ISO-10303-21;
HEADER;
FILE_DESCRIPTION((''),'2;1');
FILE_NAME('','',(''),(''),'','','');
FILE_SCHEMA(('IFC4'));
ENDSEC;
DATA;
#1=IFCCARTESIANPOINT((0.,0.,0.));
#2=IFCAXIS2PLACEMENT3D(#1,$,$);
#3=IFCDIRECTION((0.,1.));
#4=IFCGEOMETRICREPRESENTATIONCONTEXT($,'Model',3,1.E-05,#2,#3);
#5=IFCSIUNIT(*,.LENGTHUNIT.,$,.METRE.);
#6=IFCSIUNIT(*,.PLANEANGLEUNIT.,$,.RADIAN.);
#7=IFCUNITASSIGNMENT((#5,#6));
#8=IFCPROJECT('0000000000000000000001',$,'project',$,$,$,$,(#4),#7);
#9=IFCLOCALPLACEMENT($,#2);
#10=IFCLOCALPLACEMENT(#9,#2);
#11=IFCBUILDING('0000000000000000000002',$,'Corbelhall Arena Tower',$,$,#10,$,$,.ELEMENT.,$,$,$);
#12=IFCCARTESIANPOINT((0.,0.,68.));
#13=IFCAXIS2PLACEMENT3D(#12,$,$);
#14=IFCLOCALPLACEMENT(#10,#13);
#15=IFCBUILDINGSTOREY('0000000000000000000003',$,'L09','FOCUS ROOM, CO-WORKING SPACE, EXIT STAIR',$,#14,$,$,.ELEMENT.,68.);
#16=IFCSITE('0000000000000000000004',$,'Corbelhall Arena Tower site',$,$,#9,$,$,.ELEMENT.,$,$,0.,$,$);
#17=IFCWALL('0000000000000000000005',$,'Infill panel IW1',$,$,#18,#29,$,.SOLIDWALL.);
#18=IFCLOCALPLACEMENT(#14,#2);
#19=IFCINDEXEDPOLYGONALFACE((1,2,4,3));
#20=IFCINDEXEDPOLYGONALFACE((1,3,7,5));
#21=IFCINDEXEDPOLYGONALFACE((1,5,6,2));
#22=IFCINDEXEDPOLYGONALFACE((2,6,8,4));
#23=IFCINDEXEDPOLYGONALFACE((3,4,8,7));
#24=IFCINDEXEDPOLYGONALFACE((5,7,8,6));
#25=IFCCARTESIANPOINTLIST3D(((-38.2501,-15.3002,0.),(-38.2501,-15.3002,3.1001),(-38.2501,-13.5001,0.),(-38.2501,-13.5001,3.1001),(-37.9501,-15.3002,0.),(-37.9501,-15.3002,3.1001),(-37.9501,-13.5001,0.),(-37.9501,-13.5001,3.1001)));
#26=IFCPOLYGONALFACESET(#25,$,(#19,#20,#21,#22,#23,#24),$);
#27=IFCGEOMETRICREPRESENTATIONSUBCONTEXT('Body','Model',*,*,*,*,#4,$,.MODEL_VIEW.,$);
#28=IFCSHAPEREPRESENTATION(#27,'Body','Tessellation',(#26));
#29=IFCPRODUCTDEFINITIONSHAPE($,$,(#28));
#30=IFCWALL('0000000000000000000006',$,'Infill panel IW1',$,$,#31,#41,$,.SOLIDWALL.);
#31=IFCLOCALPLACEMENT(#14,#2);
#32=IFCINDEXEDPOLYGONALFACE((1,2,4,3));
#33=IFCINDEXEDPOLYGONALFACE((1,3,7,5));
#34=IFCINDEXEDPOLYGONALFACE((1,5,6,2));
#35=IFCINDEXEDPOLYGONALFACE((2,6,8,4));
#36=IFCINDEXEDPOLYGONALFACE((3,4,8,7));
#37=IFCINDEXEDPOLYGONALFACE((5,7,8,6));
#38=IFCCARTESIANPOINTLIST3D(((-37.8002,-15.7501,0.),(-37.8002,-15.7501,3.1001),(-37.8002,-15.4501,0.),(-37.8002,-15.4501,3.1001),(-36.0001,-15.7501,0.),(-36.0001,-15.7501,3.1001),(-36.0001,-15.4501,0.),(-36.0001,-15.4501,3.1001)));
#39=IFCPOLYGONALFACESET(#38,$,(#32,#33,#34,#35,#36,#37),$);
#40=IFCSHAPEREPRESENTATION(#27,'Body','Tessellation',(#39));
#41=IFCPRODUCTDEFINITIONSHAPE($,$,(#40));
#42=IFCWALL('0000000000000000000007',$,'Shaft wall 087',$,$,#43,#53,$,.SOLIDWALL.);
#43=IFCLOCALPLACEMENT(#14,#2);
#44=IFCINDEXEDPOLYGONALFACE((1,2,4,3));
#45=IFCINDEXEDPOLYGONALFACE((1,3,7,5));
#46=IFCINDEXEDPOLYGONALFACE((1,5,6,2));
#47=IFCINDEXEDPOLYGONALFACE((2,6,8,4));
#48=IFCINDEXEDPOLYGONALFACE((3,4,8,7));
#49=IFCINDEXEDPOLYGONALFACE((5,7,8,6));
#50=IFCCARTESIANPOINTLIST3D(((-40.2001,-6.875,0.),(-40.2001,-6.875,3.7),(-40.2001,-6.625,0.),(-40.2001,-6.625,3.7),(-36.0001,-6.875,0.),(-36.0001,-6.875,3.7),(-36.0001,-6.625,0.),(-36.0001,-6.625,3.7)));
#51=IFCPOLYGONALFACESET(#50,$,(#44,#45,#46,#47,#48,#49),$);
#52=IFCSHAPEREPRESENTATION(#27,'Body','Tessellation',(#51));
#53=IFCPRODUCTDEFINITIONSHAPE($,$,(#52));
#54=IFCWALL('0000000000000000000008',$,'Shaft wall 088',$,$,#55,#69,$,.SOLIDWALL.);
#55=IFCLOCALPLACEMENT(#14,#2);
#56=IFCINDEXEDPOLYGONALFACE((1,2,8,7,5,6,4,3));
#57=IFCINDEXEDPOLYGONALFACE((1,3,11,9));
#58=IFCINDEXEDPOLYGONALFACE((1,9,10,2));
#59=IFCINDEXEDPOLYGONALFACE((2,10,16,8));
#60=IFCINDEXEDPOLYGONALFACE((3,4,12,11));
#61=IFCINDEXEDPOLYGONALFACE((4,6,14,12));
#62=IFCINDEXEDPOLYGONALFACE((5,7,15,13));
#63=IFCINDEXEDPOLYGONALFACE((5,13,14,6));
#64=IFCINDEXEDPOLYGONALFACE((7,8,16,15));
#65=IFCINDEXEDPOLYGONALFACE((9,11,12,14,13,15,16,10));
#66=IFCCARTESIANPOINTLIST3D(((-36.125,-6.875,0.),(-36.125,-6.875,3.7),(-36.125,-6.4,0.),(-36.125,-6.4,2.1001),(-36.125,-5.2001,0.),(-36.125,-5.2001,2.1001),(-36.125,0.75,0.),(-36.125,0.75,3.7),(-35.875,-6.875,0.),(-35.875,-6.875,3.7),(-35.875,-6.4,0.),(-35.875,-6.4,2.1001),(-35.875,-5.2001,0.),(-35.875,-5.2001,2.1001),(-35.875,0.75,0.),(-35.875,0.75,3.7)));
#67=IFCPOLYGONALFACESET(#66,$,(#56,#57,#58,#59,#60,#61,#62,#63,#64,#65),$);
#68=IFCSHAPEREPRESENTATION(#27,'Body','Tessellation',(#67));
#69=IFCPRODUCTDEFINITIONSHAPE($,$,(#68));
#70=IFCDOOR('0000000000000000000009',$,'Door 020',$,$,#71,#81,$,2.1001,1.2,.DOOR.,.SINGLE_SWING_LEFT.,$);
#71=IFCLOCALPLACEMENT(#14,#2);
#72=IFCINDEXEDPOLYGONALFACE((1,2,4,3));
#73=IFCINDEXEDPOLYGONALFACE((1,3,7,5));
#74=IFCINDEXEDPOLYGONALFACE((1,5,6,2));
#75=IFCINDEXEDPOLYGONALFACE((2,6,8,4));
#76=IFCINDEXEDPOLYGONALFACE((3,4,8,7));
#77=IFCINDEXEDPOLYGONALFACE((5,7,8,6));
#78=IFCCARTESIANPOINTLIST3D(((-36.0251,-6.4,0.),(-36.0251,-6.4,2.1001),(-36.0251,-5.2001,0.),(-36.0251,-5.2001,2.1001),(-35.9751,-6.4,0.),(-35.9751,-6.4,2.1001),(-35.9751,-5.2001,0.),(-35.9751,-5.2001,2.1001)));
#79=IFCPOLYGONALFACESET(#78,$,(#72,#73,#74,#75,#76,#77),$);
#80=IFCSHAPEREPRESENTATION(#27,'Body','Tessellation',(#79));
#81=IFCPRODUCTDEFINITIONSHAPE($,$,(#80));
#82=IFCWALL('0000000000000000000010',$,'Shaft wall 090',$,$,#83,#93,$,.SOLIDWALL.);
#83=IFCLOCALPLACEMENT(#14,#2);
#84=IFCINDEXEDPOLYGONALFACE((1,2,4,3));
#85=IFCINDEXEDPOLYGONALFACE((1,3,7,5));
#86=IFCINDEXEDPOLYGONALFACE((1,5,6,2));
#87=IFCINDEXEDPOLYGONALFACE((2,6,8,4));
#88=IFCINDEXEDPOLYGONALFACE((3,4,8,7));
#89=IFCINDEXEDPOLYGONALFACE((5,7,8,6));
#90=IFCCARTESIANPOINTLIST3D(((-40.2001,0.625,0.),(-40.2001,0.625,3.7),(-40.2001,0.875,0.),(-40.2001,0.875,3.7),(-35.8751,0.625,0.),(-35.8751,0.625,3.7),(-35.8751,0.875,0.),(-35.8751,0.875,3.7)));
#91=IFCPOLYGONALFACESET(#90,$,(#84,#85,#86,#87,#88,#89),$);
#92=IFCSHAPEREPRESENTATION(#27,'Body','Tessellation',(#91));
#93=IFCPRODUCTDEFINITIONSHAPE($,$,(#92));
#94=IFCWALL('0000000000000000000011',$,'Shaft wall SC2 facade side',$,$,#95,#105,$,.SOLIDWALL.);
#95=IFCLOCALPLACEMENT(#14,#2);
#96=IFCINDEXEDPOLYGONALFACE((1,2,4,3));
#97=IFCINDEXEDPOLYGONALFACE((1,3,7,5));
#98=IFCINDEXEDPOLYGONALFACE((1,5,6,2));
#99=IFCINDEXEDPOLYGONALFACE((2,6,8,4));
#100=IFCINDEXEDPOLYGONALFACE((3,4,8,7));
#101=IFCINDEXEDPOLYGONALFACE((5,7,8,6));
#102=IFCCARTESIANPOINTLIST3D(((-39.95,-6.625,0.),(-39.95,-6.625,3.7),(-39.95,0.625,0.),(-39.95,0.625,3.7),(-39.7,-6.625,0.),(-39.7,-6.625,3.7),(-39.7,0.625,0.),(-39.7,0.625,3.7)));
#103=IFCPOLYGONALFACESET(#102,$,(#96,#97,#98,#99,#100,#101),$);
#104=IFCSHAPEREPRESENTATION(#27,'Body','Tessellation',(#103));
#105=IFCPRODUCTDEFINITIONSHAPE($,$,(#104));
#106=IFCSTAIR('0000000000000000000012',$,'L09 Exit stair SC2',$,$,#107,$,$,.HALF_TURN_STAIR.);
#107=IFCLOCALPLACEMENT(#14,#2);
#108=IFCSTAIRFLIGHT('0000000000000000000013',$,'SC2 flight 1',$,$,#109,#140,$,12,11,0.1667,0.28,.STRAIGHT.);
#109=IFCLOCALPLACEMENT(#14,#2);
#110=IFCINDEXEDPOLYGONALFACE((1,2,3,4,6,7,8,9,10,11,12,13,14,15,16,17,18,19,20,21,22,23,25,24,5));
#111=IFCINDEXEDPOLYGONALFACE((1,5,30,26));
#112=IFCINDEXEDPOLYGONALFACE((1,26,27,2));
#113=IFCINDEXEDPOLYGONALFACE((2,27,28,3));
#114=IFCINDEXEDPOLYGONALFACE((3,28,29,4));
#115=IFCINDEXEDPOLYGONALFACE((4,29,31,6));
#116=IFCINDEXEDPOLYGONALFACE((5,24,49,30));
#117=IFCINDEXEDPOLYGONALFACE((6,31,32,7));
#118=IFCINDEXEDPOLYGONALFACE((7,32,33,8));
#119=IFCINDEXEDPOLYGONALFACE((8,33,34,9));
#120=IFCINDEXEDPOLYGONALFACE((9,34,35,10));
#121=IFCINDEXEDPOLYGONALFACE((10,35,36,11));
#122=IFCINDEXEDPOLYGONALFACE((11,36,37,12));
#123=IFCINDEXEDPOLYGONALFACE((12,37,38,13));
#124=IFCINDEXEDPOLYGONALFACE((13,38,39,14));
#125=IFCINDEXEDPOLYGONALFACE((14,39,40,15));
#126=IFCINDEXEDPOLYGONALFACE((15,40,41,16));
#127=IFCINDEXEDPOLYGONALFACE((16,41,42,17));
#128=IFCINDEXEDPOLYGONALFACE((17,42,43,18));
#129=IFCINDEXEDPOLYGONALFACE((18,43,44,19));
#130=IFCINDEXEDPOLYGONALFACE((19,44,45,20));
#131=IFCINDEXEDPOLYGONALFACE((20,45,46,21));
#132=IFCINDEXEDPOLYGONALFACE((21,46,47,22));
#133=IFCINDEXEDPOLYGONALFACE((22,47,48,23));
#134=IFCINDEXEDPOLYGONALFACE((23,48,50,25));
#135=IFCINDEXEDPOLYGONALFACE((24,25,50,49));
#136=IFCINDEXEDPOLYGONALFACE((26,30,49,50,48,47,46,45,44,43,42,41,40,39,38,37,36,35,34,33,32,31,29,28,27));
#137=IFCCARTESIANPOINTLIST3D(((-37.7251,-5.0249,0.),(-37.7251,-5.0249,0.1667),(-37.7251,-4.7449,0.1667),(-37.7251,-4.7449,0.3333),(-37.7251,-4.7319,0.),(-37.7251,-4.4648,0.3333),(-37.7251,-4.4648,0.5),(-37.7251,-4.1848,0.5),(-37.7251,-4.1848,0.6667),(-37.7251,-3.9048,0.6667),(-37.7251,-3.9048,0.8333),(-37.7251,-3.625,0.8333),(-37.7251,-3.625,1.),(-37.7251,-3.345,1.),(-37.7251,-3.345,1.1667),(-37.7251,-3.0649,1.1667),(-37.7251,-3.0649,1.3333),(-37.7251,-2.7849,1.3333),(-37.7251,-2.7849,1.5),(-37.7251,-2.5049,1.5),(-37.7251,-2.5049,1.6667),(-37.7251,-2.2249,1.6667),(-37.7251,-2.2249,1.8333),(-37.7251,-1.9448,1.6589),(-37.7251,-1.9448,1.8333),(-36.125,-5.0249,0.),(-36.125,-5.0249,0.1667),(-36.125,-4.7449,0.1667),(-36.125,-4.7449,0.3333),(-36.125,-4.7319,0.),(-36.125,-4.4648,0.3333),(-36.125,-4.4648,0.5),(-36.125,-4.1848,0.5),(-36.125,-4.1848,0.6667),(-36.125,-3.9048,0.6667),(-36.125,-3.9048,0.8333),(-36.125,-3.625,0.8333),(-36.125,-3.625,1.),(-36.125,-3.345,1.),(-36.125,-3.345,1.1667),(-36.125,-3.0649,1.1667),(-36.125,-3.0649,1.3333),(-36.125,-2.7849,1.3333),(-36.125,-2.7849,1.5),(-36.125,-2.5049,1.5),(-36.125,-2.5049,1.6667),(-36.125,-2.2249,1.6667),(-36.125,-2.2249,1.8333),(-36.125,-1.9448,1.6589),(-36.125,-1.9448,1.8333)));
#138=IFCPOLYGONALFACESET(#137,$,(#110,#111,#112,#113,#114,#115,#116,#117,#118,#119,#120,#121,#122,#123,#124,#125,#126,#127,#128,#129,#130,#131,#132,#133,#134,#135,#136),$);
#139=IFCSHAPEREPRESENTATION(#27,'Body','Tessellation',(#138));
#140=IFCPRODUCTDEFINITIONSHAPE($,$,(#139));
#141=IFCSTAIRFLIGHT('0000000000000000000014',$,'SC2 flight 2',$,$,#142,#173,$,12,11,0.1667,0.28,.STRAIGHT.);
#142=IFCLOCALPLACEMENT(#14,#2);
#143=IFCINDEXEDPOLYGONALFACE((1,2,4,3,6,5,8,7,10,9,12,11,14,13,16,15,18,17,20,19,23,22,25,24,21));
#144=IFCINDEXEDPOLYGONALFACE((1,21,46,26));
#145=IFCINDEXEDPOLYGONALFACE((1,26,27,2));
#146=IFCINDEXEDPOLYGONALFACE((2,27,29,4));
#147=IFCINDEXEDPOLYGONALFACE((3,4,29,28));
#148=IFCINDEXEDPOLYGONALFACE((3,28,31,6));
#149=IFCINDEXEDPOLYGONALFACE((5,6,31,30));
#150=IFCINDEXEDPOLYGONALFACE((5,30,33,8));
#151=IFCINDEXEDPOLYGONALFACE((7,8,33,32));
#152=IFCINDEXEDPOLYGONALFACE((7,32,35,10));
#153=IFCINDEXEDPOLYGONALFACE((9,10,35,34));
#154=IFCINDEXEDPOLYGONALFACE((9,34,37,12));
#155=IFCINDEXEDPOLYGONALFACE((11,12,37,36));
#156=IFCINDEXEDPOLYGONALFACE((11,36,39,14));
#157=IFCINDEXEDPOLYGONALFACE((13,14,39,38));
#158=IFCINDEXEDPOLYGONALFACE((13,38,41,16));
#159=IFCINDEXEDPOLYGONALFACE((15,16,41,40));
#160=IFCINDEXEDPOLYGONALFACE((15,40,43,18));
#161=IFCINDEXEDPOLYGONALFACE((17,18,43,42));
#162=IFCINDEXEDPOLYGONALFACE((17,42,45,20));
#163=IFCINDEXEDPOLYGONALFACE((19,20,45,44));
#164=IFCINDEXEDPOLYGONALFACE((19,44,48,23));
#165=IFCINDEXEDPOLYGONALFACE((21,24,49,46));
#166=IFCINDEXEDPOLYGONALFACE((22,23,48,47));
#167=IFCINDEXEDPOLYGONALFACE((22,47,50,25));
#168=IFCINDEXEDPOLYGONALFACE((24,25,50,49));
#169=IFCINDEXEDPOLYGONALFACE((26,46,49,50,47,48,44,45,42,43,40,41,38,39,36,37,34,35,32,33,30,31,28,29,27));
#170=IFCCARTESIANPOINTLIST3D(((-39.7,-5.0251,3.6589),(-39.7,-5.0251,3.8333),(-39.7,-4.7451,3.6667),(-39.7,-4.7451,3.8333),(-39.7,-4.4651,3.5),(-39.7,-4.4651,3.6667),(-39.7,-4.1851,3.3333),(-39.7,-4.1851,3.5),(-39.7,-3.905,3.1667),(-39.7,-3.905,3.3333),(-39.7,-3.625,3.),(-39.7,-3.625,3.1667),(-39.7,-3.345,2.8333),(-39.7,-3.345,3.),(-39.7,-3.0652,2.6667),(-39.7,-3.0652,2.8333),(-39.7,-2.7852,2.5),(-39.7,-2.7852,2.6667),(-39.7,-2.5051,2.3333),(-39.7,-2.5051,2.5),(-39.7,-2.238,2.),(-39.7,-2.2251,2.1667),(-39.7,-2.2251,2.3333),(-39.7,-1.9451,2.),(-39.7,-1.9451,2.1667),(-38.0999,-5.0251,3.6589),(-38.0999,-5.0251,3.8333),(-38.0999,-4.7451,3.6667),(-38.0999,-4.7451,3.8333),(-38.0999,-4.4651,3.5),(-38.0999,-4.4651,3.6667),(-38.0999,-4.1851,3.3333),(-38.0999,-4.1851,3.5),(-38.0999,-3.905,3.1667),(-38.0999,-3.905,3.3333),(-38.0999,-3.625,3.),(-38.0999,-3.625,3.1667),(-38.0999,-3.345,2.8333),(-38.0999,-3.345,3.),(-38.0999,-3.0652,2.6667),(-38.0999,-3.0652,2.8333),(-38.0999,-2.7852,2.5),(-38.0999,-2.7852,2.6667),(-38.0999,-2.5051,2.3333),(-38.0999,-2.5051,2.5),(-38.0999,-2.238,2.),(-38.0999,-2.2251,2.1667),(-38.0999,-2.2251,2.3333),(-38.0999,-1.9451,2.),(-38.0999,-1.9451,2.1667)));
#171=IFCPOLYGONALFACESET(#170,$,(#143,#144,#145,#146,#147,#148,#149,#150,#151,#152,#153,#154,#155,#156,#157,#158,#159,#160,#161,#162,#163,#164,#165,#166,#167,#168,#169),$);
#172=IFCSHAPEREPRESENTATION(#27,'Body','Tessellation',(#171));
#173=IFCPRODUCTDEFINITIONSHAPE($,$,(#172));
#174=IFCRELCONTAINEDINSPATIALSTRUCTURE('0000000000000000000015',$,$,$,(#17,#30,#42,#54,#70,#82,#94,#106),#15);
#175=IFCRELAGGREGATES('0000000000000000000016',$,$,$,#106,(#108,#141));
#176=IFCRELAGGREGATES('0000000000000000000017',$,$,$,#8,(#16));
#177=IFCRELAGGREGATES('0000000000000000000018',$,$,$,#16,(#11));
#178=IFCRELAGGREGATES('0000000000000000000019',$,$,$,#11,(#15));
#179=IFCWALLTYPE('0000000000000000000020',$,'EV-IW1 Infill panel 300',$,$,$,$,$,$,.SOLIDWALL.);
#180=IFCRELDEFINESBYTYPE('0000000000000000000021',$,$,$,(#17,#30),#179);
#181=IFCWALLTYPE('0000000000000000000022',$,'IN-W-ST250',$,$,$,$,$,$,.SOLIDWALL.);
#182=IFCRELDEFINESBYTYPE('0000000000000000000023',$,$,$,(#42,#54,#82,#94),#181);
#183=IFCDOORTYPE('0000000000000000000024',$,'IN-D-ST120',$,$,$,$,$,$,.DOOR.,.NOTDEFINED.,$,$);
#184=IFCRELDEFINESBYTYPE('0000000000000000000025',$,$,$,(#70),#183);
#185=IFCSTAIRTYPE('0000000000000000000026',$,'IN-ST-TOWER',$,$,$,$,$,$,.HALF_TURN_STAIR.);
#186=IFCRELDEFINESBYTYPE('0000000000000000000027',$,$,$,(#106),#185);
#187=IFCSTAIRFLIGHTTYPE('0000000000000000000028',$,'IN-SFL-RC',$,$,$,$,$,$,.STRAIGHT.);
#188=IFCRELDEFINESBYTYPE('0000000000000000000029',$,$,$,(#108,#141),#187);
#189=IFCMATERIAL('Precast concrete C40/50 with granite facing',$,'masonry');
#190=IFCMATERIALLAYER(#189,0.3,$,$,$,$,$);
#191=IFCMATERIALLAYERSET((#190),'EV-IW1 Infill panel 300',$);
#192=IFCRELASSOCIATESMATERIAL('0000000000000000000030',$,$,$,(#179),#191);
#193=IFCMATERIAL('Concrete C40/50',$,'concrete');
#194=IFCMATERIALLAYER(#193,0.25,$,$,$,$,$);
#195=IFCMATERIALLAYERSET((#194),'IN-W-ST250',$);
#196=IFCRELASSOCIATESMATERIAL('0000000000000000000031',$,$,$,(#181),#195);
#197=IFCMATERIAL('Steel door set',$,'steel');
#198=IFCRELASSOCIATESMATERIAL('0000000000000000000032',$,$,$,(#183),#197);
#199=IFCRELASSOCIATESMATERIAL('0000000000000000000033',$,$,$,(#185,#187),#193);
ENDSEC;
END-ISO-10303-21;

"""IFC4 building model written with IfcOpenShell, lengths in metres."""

from ifc_helpers import new_model, si_unit, direction, frame, frame_2d, origin, place, context, subcontext, project, spatial, polyline, rectangle, outline, extrude, material, layer, layer_set, type_object, element, fill, aggregate, save


model = new_model("IFC4")

# Units and contexts
model_context = context("Model", 3, precision=1e-05, world=origin(), true_north=direction((0.0, 1.0)))
body_context = subcontext(model_context, "Body", "Model", "MODEL_VIEW")
ifc_project = project(units=[si_unit("LENGTHUNIT", "METRE"), si_unit("PLANEANGLEUNIT", "RADIAN")], contexts=[model_context])

# Site, building, storey
site_placement = place(None, origin())
site = spatial("IfcSite", under=ifc_project, at=site_placement, Name="Corbelhall Arena Tower site", CompositionType="ELEMENT", RefElevation=0.0)
building_placement = place(site_placement, origin())
building = spatial("IfcBuilding", under=site, at=building_placement, Name="Corbelhall Arena Tower", CompositionType="ELEMENT")
storey_placement = place(building_placement, frame((0.0, 0.0, 68.0)))
storey = spatial("IfcBuildingStorey", under=building, at=storey_placement, Name="L09", Description="FOCUS ROOM, CO-WORKING SPACE, EXIT STAIR", CompositionType="ELEMENT", Elevation=68.0)

# Walls
ifc_material_1 = material(Name="Precast concrete C40/50 with granite facing", Category="masonry")
ifc_layer_1 = layer(ifc_material_1, 0.3)
ifc_layer_set_1 = layer_set([ifc_layer_1], Name="EV-IW1 Infill panel 300")
wall_type_1 = type_object("IfcWallType", Name="EV-IW1 Infill panel 300", PredefinedType="SOLIDWALL", material=ifc_layer_set_1)
for number, where, z_axis, x_axis, name in (
    (1, (-38.1001, -15.3, 0.0), (0.0, 0.0, 1.0), (0.0, 1.0, 0.0), "Infill panel IW1"),
    (2, (-37.8, -15.6001, 0.0), (0.0, 0.0, 1.0), (1.0, 0.0, 0.0), "Infill panel IW1"),
):
    element("IfcWall", number, at=place(storey_placement, frame(where, z_axis=z_axis, x_axis=x_axis)), inside=storey, type_object=wall_type_1, Name=name, PredefinedType="SOLIDWALL", context=body_context, shape_type="SweptSolid", body=[
        extrude(rectangle(XDim=1.8, YDim=0.3, at=frame_2d((0.8999, 0.0))), origin(), (0.0, 0.0, 1.0), 3.1001),
    ])

# Shared definitions
ifc_material_2 = material(Name="Steel door set", Category="steel")

# Wall
ifc_material_3 = material(Name="Concrete C40/50", Category="concrete")
ifc_layer_2 = layer(ifc_material_3, 0.25)
ifc_layer_set_2 = layer_set([ifc_layer_2], Name="IN-W-ST250")
wall_type_2 = type_object("IfcWallType", Name="IN-W-ST250", PredefinedType="SOLIDWALL", material=ifc_layer_set_2)
wall_1_placement = place(storey_placement, frame((-36.0, -6.75, 0.0), z_axis=(0.0, 0.0, 1.0), x_axis=(-1.0, 0.0, 0.0)))
element("IfcWall", 3, at=wall_1_placement, inside=storey, type_object=wall_type_2, Name="Shaft wall 087", PredefinedType="SOLIDWALL", context=body_context, shape_type="SweptSolid", body=[
    extrude(rectangle(XDim=4.2, YDim=0.25, at=frame_2d((2.1001, 0.0))), origin(), (0.0, 0.0, 1.0), 3.7),
])

# Wall, opening, door
wall_2_placement = place(storey_placement, frame((-36.0, 0.75, 0.0), z_axis=(0.0, 0.0, 1.0), x_axis=(0.0, -1.0, 0.0)))
wall_2 = element("IfcWall", 4, at=wall_2_placement, inside=storey, type_object=wall_type_2, Name="Shaft wall 088", PredefinedType="SOLIDWALL", context=body_context, shape_type="SweptSolid", body=[
    extrude(rectangle(XDim=7.625, YDim=0.25, at=frame_2d((3.8125, 0.0))), origin(), (0.0, 0.0, 1.0), 3.7),
])
opening_1_placement = place(wall_2_placement, frame((5.95, 0.0, 0.0)))
opening_1 = element("IfcOpeningElement", 5, at=opening_1_placement, cuts=wall_2, PredefinedType="OPENING", context=body_context, shape_type="SweptSolid", body=[
    extrude(rectangle(XDim=1.2, YDim=2.1001, at=frame_2d((0.6001, 1.05))), frame((0.0, 0.125, 0.0), z_axis=(0.0, -1.0, 0.0), x_axis=(1.0, 0.0, 0.0)), (0.0, 0.0, 1.0), 0.25),
])
door_type_1 = type_object("IfcDoorType", Name="IN-D-ST120", OperationType="NOTDEFINED", PredefinedType="DOOR", material=ifc_material_2)
door_1_placement = place(opening_1_placement, origin())
door_1 = element("IfcDoor", 6, at=door_1_placement, inside=storey, type_object=door_type_1, Name="Door 020", OperationType="SINGLE_SWING_LEFT", OverallHeight=2.1001, OverallWidth=1.2, PredefinedType="DOOR", context=body_context, shape_type="SweptSolid", body=[
    extrude(rectangle(XDim=1.2, YDim=2.1001, at=frame_2d((0.6001, 1.05))), frame((0.0, 0.0249, 0.0), z_axis=(0.0, -1.0, 0.0), x_axis=(1.0, 0.0, 0.0)), (0.0, 0.0, 1.0), 0.05),
])
fill(opening_1, door_1)

# Walls
wall_3_placement = place(storey_placement, frame((-35.875, 0.75, 0.0), z_axis=(0.0, 0.0, 1.0), x_axis=(-1.0, 0.0, 0.0)))
element("IfcWall", 7, at=wall_3_placement, inside=storey, type_object=wall_type_2, Name="Shaft wall 090", PredefinedType="SOLIDWALL", context=body_context, shape_type="SweptSolid", body=[
    extrude(rectangle(XDim=4.325, YDim=0.25, at=frame_2d((2.1626, 0.0))), origin(), (0.0, 0.0, 1.0), 3.7),
])
wall_4_placement = place(storey_placement, frame((-39.825, -6.625, 0.0), z_axis=(0.0, 0.0, 1.0), x_axis=(0.0, 1.0, 0.0)))
element("IfcWall", 8, at=wall_4_placement, inside=storey, type_object=wall_type_2, Name="Shaft wall SC2 facade side", PredefinedType="SOLIDWALL", context=body_context, shape_type="SweptSolid", body=[
    extrude(rectangle(XDim=7.25, YDim=0.25, at=frame_2d((3.625, 0.0))), origin(), (0.0, 0.0, 1.0), 3.7),
])

# Stair, stair flights
stair_type = type_object("IfcStairType", Name="IN-ST-TOWER", PredefinedType="HALF_TURN_STAIR", material=ifc_material_3)
stair_placement = place(storey_placement, origin())
stair = element("IfcStair", 9, at=stair_placement, inside=storey, type_object=stair_type, Name="L09 Exit stair SC2", PredefinedType="HALF_TURN_STAIR")
stair_flight_type = type_object("IfcStairFlightType", Name="IN-SFL-RC", PredefinedType="STRAIGHT", material=ifc_material_3)
stair_flight_1_placement = place(storey_placement, frame((-36.925, -5.0249, 0.0), z_axis=(0.0, 0.0, 1.0), x_axis=(0.0, 1.0, 0.0)))
stair_flight_1 = element("IfcStairFlight", 10, at=stair_flight_1_placement, type_object=stair_flight_type, Name="SC2 flight 1", NumberOfRisers=12, NumberOfTreads=11, PredefinedType="STRAIGHT", RiserHeight=0.1667, TreadLength=0.28, context=body_context, shape_type="SweptSolid", body=[
    extrude(outline(polyline([(0.0, 0.0), (0.0, 0.1667), (0.28, 0.1667), (0.28, 0.3333), (0.5601, 0.3333), (0.5601, 0.5), (0.8401, 0.5), (0.8401, 0.6667), (1.1201, 0.6667), (1.1201, 0.8333), (1.3999, 0.8333), (1.3999, 1.0), (1.6799, 1.0), (1.6799, 1.1667), (1.96, 1.1667), (1.96, 1.3333), (2.24, 1.3333), (2.24, 1.5), (2.52, 1.5), (2.52, 1.6667), (2.8, 1.6667), (2.8, 1.8333), (3.0801, 1.8333), (3.0801, 2.0), (3.0801, 1.6589), (0.293, 0.0), (0.0, 0.0)])), frame((0.0, 0.8, 0.0), z_axis=(0.0, -1.0, 0.0), x_axis=(1.0, 0.0, 0.0)), (0.0, 0.0, 1.0), 1.6001),
])
stair_flight_2_placement = place(storey_placement, frame((-38.8999, -1.9451, 2.0), z_axis=(0.0, 0.0, 1.0), x_axis=(0.0, -1.0, 0.0)))
stair_flight_2 = element("IfcStairFlight", 11, at=stair_flight_2_placement, type_object=stair_flight_type, Name="SC2 flight 2", NumberOfRisers=12, NumberOfTreads=11, PredefinedType="STRAIGHT", RiserHeight=0.1667, TreadLength=0.28, context=body_context, shape_type="SweptSolid", body=[
    extrude(outline(polyline([(0.0, 0.0), (0.0, 0.1667), (0.28, 0.1667), (0.28, 0.3333), (0.5601, 0.3333), (0.5601, 0.5), (0.8401, 0.5), (0.8401, 0.6667), (1.1201, 0.6667), (1.1201, 0.8333), (1.3999, 0.8333), (1.3999, 1.0), (1.6799, 1.0), (1.6799, 1.1667), (1.96, 1.1667), (1.96, 1.3333), (2.24, 1.3333), (2.24, 1.5), (2.52, 1.5), (2.52, 1.6667), (2.8, 1.6667), (2.8, 1.8333), (3.0801, 1.8333), (3.0801, 2.0), (3.0801, 1.6589), (0.293, 0.0), (0.0, 0.0)])), frame((0.0, 0.8, 0.0), z_axis=(0.0, -1.0, 0.0), x_axis=(1.0, 0.0, 0.0)), (0.0, 0.0, 1.0), 1.6001),
])
aggregate(stair, [stair_flight_1, stair_flight_2])

save(model, "model.ifc")
